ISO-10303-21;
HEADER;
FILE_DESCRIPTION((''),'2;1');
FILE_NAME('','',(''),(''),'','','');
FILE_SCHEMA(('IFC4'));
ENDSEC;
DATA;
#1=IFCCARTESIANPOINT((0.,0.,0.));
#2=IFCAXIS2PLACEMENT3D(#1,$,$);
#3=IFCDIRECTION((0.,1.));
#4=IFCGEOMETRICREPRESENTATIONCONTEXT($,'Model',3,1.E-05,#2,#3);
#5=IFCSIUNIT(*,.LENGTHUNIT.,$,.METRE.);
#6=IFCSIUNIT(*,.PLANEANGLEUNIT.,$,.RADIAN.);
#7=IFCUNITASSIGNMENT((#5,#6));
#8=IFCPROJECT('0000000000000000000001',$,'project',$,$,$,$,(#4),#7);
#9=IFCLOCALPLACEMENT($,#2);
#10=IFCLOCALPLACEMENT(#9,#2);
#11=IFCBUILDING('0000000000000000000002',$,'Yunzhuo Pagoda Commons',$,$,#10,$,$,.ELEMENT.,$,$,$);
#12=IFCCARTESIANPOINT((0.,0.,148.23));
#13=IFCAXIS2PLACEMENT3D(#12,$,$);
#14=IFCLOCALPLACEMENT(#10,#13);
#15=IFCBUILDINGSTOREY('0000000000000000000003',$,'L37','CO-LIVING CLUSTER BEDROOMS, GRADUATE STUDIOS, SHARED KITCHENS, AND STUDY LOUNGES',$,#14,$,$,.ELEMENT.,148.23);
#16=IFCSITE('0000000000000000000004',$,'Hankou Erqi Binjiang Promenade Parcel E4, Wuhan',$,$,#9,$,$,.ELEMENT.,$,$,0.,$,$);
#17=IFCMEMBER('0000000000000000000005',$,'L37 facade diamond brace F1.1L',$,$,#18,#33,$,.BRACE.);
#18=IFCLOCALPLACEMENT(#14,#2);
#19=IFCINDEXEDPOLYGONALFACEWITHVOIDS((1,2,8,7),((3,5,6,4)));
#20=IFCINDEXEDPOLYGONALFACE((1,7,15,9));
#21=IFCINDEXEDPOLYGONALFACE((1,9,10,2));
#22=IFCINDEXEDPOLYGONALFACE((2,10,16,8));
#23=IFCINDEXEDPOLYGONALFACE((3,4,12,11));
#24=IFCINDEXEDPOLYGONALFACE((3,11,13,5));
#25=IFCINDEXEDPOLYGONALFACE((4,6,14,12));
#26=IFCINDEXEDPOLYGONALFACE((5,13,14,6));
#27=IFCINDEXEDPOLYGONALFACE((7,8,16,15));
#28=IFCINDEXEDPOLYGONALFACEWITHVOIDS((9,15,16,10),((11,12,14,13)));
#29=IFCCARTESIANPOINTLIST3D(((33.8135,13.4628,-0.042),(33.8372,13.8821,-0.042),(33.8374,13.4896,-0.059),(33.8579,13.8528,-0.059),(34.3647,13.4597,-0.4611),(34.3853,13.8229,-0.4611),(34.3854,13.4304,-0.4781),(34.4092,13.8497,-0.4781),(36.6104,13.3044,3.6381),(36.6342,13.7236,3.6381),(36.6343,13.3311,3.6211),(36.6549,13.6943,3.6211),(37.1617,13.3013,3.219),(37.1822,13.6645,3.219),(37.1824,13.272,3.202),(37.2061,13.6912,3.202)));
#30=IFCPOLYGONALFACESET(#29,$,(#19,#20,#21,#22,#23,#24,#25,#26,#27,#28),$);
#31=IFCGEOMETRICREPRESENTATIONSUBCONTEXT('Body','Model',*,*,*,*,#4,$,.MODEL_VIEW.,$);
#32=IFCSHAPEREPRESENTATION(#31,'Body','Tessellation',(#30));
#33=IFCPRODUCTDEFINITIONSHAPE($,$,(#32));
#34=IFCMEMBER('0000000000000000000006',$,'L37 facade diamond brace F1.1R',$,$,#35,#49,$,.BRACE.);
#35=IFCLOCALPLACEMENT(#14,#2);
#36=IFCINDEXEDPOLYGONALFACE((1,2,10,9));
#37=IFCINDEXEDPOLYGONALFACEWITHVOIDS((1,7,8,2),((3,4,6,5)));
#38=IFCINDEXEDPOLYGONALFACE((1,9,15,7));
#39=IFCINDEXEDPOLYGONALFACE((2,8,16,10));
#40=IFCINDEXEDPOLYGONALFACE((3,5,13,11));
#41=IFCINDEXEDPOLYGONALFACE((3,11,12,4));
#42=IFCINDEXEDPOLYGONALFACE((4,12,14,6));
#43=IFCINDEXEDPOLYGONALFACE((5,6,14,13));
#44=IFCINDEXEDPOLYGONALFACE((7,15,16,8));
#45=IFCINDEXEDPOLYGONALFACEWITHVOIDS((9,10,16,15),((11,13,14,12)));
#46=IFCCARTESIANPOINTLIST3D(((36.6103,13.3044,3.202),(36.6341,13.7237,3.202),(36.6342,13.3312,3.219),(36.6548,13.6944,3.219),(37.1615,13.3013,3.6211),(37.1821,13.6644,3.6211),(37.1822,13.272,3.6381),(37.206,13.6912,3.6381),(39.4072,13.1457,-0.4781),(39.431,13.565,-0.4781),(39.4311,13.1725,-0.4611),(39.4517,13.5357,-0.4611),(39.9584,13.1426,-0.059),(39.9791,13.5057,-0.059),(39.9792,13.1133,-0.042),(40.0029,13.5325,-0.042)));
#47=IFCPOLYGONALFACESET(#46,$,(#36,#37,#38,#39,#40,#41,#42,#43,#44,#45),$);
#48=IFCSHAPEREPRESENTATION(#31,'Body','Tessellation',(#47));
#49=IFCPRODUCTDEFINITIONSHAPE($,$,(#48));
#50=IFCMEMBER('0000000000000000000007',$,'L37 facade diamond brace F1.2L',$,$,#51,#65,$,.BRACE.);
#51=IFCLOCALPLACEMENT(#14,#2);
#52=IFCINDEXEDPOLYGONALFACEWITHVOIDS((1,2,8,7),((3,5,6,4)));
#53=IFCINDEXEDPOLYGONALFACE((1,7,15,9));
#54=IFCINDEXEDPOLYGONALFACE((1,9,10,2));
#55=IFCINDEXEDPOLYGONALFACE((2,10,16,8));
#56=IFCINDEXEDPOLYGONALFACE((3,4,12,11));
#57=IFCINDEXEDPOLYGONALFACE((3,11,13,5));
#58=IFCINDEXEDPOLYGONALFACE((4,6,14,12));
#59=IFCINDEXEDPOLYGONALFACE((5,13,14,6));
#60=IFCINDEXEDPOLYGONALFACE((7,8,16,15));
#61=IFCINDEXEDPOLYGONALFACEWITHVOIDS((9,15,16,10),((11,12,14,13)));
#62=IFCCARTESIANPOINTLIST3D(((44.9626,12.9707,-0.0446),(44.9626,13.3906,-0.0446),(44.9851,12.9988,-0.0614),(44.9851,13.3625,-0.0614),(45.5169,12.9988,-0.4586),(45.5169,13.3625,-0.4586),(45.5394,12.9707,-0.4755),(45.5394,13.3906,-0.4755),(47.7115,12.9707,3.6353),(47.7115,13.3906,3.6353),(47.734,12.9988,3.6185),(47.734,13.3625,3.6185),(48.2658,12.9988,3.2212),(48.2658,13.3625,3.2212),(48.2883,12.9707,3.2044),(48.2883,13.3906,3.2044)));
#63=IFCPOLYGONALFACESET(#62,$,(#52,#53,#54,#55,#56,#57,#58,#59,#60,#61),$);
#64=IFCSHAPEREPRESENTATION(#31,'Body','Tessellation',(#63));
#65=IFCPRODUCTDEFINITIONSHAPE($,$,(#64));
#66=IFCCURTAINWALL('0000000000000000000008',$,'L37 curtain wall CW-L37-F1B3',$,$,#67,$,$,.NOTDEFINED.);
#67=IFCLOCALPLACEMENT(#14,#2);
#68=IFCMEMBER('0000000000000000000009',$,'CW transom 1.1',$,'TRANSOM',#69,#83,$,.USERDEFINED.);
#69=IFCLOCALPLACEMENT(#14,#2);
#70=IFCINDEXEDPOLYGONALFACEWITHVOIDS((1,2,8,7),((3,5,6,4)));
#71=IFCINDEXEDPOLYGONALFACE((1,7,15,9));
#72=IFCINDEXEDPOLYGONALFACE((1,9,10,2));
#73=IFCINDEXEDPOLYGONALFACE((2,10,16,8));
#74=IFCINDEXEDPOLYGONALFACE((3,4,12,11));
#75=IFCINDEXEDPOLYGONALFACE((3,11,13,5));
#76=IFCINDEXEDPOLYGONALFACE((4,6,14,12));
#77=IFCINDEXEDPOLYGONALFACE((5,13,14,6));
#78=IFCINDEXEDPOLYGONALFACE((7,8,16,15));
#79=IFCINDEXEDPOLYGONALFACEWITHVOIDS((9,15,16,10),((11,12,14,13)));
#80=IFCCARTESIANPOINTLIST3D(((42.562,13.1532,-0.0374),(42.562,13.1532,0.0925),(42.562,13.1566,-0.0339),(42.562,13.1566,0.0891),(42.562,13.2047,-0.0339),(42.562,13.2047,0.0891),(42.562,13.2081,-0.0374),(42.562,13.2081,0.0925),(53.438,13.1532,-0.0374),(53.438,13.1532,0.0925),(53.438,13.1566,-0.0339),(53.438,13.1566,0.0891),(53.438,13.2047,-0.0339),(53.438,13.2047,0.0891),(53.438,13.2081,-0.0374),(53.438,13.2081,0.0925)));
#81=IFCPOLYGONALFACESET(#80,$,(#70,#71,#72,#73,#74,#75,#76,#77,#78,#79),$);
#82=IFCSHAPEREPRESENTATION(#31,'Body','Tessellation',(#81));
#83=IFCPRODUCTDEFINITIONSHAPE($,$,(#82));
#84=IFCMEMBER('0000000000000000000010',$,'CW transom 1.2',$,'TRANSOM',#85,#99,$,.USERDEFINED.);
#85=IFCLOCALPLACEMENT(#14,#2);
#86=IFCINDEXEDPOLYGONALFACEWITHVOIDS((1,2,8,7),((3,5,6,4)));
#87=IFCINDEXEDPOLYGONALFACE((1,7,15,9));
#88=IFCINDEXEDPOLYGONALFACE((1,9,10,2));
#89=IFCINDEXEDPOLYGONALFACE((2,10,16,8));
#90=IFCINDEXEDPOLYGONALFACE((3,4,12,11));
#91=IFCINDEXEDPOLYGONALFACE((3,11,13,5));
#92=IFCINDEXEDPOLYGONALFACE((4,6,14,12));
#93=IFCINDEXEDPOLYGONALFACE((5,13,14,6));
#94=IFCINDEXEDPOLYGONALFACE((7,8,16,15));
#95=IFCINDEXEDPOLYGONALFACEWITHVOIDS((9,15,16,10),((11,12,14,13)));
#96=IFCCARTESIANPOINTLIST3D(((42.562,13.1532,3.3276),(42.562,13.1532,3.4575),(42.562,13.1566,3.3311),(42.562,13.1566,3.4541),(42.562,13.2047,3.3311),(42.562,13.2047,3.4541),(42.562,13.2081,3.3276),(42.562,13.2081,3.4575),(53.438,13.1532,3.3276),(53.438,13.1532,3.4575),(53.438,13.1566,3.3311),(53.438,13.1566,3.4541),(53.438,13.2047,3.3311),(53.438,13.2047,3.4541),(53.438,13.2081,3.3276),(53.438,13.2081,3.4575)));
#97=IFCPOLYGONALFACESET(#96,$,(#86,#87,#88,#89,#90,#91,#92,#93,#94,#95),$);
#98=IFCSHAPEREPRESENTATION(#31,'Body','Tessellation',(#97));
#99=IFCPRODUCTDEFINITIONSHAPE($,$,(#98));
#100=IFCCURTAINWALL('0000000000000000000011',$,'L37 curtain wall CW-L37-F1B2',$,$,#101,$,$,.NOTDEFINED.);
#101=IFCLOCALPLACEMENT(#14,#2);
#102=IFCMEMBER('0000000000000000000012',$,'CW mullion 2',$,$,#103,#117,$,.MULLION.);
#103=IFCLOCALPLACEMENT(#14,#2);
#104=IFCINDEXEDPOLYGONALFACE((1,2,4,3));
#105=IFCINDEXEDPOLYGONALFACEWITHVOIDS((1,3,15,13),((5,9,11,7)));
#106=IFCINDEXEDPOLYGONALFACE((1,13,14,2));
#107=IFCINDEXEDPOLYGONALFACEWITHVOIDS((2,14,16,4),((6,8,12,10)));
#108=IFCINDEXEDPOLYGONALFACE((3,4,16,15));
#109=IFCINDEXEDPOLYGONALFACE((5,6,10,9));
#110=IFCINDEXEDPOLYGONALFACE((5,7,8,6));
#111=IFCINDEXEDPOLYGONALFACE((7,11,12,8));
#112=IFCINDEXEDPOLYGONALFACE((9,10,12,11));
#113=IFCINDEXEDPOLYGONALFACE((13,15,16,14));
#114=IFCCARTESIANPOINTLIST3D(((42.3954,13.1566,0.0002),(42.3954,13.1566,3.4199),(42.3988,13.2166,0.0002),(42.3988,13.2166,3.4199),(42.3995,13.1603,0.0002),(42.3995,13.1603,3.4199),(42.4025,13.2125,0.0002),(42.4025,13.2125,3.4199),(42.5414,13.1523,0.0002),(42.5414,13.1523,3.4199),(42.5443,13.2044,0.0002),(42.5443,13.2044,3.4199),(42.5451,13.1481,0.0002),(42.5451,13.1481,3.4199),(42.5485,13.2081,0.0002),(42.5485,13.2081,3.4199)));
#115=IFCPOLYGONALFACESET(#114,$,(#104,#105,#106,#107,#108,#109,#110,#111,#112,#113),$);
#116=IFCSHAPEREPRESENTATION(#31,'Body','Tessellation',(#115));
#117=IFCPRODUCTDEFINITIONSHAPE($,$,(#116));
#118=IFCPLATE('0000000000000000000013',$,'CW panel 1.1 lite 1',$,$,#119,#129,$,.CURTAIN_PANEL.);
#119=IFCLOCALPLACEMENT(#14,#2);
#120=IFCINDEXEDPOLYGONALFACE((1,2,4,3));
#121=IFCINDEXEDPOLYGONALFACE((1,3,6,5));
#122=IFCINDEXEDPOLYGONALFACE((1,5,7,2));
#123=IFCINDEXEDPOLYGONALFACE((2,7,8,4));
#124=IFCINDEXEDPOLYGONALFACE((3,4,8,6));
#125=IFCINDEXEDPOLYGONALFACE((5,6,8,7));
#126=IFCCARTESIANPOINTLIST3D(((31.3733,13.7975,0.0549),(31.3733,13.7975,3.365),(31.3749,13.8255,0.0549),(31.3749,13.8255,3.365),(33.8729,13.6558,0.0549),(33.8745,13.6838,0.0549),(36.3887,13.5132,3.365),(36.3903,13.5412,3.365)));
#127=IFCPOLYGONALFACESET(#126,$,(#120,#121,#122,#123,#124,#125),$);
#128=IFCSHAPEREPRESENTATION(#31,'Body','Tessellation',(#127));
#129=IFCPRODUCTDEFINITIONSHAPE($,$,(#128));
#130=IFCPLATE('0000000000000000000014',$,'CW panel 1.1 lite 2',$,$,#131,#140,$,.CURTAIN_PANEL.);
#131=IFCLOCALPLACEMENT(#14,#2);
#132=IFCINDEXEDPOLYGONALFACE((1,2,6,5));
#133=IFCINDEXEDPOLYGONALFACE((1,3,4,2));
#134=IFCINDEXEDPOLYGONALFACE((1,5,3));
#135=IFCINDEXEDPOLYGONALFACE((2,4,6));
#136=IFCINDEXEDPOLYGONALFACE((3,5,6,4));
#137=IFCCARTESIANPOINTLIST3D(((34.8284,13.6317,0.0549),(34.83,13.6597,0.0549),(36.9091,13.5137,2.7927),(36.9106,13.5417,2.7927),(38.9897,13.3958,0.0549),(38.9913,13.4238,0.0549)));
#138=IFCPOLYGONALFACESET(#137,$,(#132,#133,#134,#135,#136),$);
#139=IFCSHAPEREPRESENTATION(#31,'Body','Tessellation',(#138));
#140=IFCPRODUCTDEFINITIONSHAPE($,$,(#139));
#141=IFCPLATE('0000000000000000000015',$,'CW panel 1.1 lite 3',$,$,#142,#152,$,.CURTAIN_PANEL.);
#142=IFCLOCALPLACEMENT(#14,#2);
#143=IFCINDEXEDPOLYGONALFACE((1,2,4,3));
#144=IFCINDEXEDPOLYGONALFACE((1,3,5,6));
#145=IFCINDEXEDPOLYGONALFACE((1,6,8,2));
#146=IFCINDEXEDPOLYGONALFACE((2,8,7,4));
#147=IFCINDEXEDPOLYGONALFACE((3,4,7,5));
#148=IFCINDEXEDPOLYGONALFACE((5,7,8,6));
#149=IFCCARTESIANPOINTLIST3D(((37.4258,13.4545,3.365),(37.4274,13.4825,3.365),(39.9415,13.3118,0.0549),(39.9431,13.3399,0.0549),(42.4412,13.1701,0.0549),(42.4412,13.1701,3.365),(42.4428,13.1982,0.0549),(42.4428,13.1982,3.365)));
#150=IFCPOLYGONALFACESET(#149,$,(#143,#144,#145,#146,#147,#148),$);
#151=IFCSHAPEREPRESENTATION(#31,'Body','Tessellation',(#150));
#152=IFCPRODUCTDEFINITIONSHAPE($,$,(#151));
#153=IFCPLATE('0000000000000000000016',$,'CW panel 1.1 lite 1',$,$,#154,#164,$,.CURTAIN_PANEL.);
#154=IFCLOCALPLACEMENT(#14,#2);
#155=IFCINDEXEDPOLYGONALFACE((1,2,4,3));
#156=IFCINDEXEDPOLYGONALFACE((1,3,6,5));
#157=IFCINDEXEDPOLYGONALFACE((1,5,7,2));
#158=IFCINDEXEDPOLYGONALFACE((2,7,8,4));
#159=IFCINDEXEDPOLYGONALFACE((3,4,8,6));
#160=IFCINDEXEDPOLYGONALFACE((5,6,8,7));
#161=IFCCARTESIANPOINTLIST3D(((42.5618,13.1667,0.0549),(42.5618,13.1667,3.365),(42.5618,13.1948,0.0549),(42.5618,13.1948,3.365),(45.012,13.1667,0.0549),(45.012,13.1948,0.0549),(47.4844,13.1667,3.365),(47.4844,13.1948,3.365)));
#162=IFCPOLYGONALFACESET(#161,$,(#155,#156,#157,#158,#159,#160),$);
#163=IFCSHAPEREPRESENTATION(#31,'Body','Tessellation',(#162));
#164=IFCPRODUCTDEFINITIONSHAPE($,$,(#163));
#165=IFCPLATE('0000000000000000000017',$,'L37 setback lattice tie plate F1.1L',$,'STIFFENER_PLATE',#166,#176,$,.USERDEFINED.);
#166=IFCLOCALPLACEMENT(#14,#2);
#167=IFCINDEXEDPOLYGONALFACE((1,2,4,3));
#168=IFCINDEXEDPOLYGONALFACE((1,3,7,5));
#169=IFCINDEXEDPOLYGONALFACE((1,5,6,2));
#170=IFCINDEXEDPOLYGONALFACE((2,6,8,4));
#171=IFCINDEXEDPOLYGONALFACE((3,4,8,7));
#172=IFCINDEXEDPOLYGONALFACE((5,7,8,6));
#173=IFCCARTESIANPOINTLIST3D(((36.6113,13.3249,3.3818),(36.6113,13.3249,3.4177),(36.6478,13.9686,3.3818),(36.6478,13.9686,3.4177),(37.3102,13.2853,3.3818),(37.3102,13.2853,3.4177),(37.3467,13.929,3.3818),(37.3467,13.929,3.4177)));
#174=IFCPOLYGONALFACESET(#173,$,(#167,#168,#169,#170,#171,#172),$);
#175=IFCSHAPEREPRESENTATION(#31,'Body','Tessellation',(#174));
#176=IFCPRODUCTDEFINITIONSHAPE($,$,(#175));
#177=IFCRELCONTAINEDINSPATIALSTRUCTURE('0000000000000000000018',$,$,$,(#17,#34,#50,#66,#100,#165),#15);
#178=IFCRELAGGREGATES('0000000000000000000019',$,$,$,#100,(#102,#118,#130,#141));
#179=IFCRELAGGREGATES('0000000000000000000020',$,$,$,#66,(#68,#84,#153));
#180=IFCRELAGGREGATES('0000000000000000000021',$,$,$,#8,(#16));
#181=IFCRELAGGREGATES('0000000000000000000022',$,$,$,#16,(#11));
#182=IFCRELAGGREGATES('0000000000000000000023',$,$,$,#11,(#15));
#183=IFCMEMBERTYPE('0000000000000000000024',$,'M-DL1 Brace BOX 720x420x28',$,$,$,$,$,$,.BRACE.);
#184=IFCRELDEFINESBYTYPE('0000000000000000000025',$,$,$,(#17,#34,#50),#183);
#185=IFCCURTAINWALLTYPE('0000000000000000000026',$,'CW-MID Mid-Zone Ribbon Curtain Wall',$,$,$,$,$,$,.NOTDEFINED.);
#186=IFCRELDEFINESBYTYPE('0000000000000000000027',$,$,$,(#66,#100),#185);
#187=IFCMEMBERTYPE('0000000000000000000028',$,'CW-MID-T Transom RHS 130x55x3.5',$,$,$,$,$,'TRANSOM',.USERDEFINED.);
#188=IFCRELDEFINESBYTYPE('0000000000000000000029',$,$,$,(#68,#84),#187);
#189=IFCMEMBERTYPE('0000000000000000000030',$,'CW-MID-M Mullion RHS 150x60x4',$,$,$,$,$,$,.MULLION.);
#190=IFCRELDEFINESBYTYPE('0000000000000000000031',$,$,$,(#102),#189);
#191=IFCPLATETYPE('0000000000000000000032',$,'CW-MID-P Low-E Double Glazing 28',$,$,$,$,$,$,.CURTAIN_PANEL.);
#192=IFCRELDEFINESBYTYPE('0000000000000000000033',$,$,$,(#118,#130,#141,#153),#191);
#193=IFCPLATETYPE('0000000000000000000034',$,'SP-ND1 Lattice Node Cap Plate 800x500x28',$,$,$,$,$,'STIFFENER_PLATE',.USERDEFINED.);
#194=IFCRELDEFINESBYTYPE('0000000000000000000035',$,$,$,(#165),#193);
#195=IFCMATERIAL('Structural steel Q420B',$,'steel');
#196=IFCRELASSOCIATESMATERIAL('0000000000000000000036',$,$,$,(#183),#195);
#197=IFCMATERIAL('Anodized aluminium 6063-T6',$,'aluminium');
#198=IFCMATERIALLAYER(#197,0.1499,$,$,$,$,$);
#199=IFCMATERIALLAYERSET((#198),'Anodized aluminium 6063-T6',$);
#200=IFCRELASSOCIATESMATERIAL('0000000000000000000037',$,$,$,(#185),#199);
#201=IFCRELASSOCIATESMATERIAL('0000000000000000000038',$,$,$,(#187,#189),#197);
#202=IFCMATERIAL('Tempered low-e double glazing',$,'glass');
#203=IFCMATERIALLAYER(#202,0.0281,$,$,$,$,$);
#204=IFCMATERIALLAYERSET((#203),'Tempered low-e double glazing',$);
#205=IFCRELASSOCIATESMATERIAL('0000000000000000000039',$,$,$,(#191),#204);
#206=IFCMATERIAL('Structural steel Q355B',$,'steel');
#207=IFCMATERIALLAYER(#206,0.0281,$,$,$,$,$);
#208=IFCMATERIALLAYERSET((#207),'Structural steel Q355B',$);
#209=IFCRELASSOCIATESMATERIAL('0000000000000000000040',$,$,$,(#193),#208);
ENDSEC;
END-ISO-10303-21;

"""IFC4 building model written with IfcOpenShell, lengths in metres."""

from ifc_helpers import new_model, si_unit, direction, frame, origin, origin_2d, place, context, subcontext, project, spatial, polyline, rectangle, hollow_rectangle, outline, extrude, source, transform, mapped, material, layer, layer_set, material_profile, profile_set, type_object, element, aggregate, save


model = new_model("IFC4")

# Units and contexts
model_context = context("Model", 3, precision=1e-05, world=origin(), true_north=direction((0.0, 1.0)))
body_context = subcontext(model_context, "Body", "Model", "MODEL_VIEW")
ifc_project = project(units=[si_unit("LENGTHUNIT", "METRE"), si_unit("PLANEANGLEUNIT", "RADIAN")], contexts=[model_context])

# Site, building, storey
site_placement = place(None, origin())
site = spatial("IfcSite", under=ifc_project, at=site_placement, Name="Hankou Erqi Binjiang Promenade Parcel E4, Wuhan", CompositionType="ELEMENT", RefElevation=0.0)
building_placement = place(site_placement, origin())
building = spatial("IfcBuilding", under=site, at=building_placement, Name="Yunzhuo Pagoda Commons", CompositionType="ELEMENT")
storey_placement = place(building_placement, frame((0.0, 0.0, 148.23)))
storey = spatial("IfcBuildingStorey", under=building, at=storey_placement, Name="L37", Description="CO-LIVING CLUSTER BEDROOMS, GRADUATE STUDIOS, SHARED KITCHENS, AND STUDY LOUNGES", CompositionType="ELEMENT", Elevation=148.23)

# Shared definitions
ifc_material_1 = material(Name="Structural steel Q420B", Category="steel")

# Shared definitions
ifc_material_2 = material(Name="Structural steel Q355B", Category="steel")

# Members
ifc_material_profile_1 = material_profile(ifc_material_1, hollow_rectangle(XDim=0.4199, YDim=0.72, WallThickness=0.0281, at=origin_2d()), Name="Structural steel Q420B")
ifc_profile_set_1 = profile_set([ifc_material_profile_1], Name="Structural steel Q420B")
member_type_1 = type_object("IfcMemberType", Name="M-DL1 Brace BOX 720x420x28", PredefinedType="BRACE", material=ifc_profile_set_1)
shared_shape_1 = source(origin(), body_context, "Body", "SweptSolid", [
    extrude(hollow_rectangle(XDim=0.4199, YDim=0.72, WallThickness=0.0281, at=origin_2d()), origin(), (0.0, 0.0, 1.0), 4.625),
])
for number, where, z_axis, x_axis, name in (
    (1, (34.1113, 13.6562, -0.26), (0.604745, -0.03426, 0.795682), (0.056561, 0.998399, 0.0), "L37 facade diamond brace F1.1L"),
    (2, (39.7051, 13.3391, -0.26), (-0.604744, 0.034312, 0.79568), (-0.056648, -0.998394, 0.0), "L37 facade diamond brace F1.1R"),
):
    element("IfcMember", number, at=place(storey_placement, frame(where, z_axis=z_axis, x_axis=x_axis)), inside=storey, type_object=member_type_1, Name=name, PredefinedType="BRACE", context=body_context, shape_type="MappedRepresentation", body=[
        mapped(shared_shape_1, transform((0.0, 0.0, 0.0), scale=1.0)),
    ])
shared_shape_2 = source(origin(), body_context, "Body", "SweptSolid", [
    extrude(hollow_rectangle(XDim=0.4199, YDim=0.72, WallThickness=0.0281, at=origin_2d()), origin(), (0.0, 0.0, 1.0), 4.5933),
])
member_1_placement = place(storey_placement, frame((45.251, 13.1807, -0.26), z_axis=(0.598477, 0.0, 0.80114), x_axis=(0.0, 1.0, 0.0)))
element("IfcMember", 3, at=member_1_placement, inside=storey, type_object=member_type_1, Name="L37 facade diamond brace F1.2L", PredefinedType="BRACE", context=body_context, shape_type="MappedRepresentation", body=[
    mapped(shared_shape_2, transform((0.0, 0.0, 0.0), scale=1.0)),
])

# Curtain wall, members
ifc_material_3 = material(Name="Anodized aluminium 6063-T6", Category="aluminium")
ifc_layer_1 = layer(ifc_material_3, 0.1499)
ifc_layer_set_1 = layer_set([ifc_layer_1], Name="Anodized aluminium 6063-T6")
curtain_wall_type = type_object("IfcCurtainWallType", Name="CW-MID Mid-Zone Ribbon Curtain Wall", PredefinedType="NOTDEFINED", material=ifc_layer_set_1)
curtain_wall_1_placement = place(storey_placement, origin())
curtain_wall_1 = element("IfcCurtainWall", 4, at=curtain_wall_1_placement, inside=storey, type_object=curtain_wall_type, Name="L37 curtain wall CW-L37-F1B3", PredefinedType="NOTDEFINED")
ifc_material_profile_2 = material_profile(ifc_material_3, hollow_rectangle(XDim=0.0549, YDim=0.1299, WallThickness=0.0034, at=origin_2d()), Name="Anodized aluminium 6063-T6")
ifc_profile_set_2 = profile_set([ifc_material_profile_2], Name="Anodized aluminium 6063-T6")
member_type_2 = type_object("IfcMemberType", Name="CW-MID-T Transom RHS 130x55x3.5", ElementType="TRANSOM", PredefinedType="USERDEFINED", material=ifc_profile_set_2)
shared_shape_3 = source(origin(), body_context, "Body", "SweptSolid", [
    extrude(hollow_rectangle(XDim=0.0549, YDim=0.1299, WallThickness=0.0034, at=origin_2d()), origin(), (0.0, 0.0, 1.0), 10.876),
])
member_2_placement = place(storey_placement, frame((42.562, 13.1807, 0.0276), z_axis=(1.0, 0.0, 0.0), x_axis=(0.0, 1.0, 0.0)))
member_2 = element("IfcMember", 5, at=member_2_placement, type_object=member_type_2, Name="CW transom 1.1", ObjectType="TRANSOM", PredefinedType="USERDEFINED", context=body_context, shape_type="MappedRepresentation", body=[
    mapped(shared_shape_3, transform((0.0, 0.0, 0.0), scale=1.0)),
])
member_3_placement = place(storey_placement, frame((42.562, 13.1807, 3.3926), z_axis=(1.0, 0.0, 0.0), x_axis=(0.0, 1.0, 0.0)))
member_3 = element("IfcMember", 6, at=member_3_placement, type_object=member_type_2, Name="CW transom 1.2", ObjectType="TRANSOM", PredefinedType="USERDEFINED", context=body_context, shape_type="MappedRepresentation", body=[
    mapped(shared_shape_3, transform((0.0, 0.0, 0.0), scale=1.0)),
])

# Curtain wall, member, plates
curtain_wall_2_placement = place(storey_placement, origin())
curtain_wall_2 = element("IfcCurtainWall", 7, at=curtain_wall_2_placement, inside=storey, type_object=curtain_wall_type, Name="L37 curtain wall CW-L37-F1B2", PredefinedType="NOTDEFINED")
ifc_material_profile_3 = material_profile(ifc_material_3, hollow_rectangle(XDim=0.0601, YDim=0.1499, WallThickness=0.0039, at=origin_2d()), Name="Anodized aluminium 6063-T6")
ifc_profile_set_3 = profile_set([ifc_material_profile_3], Name="Anodized aluminium 6063-T6")
member_type_3 = type_object("IfcMemberType", Name="CW-MID-M Mullion RHS 150x60x4", PredefinedType="MULLION", material=ifc_profile_set_3)
shared_shape_4 = source(origin(), body_context, "Body", "SweptSolid", [
    extrude(hollow_rectangle(XDim=0.0601, YDim=0.1499, WallThickness=0.0039, at=origin_2d()), origin(), (0.0, 0.0, 1.0), 3.4197),
])
member_4_placement = place(storey_placement, frame((42.4719, 13.1824, 0.0002), z_axis=(0.0, 0.0, 1.0), x_axis=(0.056597, 0.998397, 0.0)))
member_4 = element("IfcMember", 8, at=member_4_placement, type_object=member_type_3, Name="CW mullion 2", PredefinedType="MULLION", context=body_context, shape_type="MappedRepresentation", body=[
    mapped(shared_shape_4, transform((0.0, 0.0, 0.0), scale=1.0)),
])
ifc_material_4 = material(Name="Tempered low-e double glazing", Category="glass")
ifc_layer_2 = layer(ifc_material_4, 0.0281)
ifc_layer_set_2 = layer_set([ifc_layer_2], Name="Tempered low-e double glazing")
plate_type_1 = type_object("IfcPlateType", Name="CW-MID-P Low-E Double Glazing 28", PredefinedType="CURTAIN_PANEL", material=ifc_layer_set_2)
plate_1_placement = place(storey_placement, frame((33.8826, 13.6833, 1.71), z_axis=(-0.056597, -0.998397, 0.0), x_axis=(0.998397, -0.056597, 0.0)))
plate_1 = element("IfcPlate", 9, at=plate_1_placement, type_object=plate_type_1, Name="CW panel 1.1 lite 1", PredefinedType="CURTAIN_PANEL", context=body_context, shape_type="SweptSolid", body=[
    extrude(outline(polyline([(-2.5117, -1.655), (-0.0081, -1.655), (2.5117, 1.655), (-2.5117, 1.655), (-2.5117, -1.655)])), origin(), (0.0, 0.0, 1.0), 0.0281),
])
plate_2_placement = place(storey_placement, frame((36.9106, 13.5417, 1.4238), z_axis=(-0.056597, -0.998397, 0.0), x_axis=(0.998397, -0.056597, 0.0)))
plate_2 = element("IfcPlate", 10, at=plate_2_placement, type_object=plate_type_1, Name="CW panel 1.1 lite 2", PredefinedType="CURTAIN_PANEL", context=body_context, shape_type="SweptSolid", body=[
    extrude(outline(polyline([(-2.084, -1.3689), (2.084, -1.3689), (0.0, 1.3689), (-2.084, -1.3689)])), origin(), (0.0, 0.0, 1.0), 0.0281),
])
plate_3_placement = place(storey_placement, frame((39.9351, 13.3403, 1.71), z_axis=(-0.056597, -0.998397, 0.0), x_axis=(0.998397, -0.056597, 0.0)))
plate_3 = element("IfcPlate", 11, at=plate_3_placement, type_object=plate_type_1, Name="CW panel 1.1 lite 3", PredefinedType="CURTAIN_PANEL", context=body_context, shape_type="SweptSolid", body=[
    extrude(outline(polyline([(-2.5117, 1.655), (0.0081, -1.655), (2.5117, -1.655), (2.5117, 1.655), (-2.5117, 1.655)])), origin(), (0.0, 0.0, 1.0), 0.0281),
])
aggregate(curtain_wall_2, [member_4, plate_1, plate_2, plate_3])

# Plates
plate_4_placement = place(storey_placement, frame((45.0232, 13.1948, 1.71), z_axis=(0.0, -1.0, 0.0), x_axis=(1.0, 0.0, 0.0)))
plate_4 = element("IfcPlate", 12, at=plate_4_placement, type_object=plate_type_1, Name="CW panel 1.1 lite 1", PredefinedType="CURTAIN_PANEL", context=body_context, shape_type="SweptSolid", body=[
    extrude(outline(polyline([(-2.4614, -1.655), (-0.0112, -1.655), (2.4612, 1.655), (-2.4614, 1.655), (-2.4614, -1.655)])), origin(), (0.0, 0.0, 1.0), 0.0281),
])
aggregate(curtain_wall_1, [member_2, member_3, plate_4])
ifc_layer_3 = layer(ifc_material_2, 0.0281)
ifc_layer_set_3 = layer_set([ifc_layer_3], Name="Structural steel Q355B")
plate_type_2 = type_object("IfcPlateType", Name="SP-ND1 Lattice Node Cap Plate 800x500x28", ElementType="STIFFENER_PLATE", PredefinedType="USERDEFINED", material=ifc_layer_set_3)
shared_shape_5 = source(origin(), body_context, "Body", "SweptSolid", [
    extrude(rectangle(XDim=0.7, YDim=0.6448, at=origin_2d()), origin(), (0.0, 0.0, 1.0), 0.0359),
])
plate_5_placement = place(storey_placement, frame((36.979, 13.627, 3.3818), z_axis=(0.0, 0.0, 1.0), x_axis=(0.998397, -0.056606, 0.0)))
element("IfcPlate", 13, at=plate_5_placement, inside=storey, type_object=plate_type_2, Name="L37 setback lattice tie plate F1.1L", ObjectType="STIFFENER_PLATE", PredefinedType="USERDEFINED", context=body_context, shape_type="MappedRepresentation", body=[
    mapped(shared_shape_5, transform((0.0, 0.0, 0.0), scale=1.0)),
])

save(model, "model.ifc")
